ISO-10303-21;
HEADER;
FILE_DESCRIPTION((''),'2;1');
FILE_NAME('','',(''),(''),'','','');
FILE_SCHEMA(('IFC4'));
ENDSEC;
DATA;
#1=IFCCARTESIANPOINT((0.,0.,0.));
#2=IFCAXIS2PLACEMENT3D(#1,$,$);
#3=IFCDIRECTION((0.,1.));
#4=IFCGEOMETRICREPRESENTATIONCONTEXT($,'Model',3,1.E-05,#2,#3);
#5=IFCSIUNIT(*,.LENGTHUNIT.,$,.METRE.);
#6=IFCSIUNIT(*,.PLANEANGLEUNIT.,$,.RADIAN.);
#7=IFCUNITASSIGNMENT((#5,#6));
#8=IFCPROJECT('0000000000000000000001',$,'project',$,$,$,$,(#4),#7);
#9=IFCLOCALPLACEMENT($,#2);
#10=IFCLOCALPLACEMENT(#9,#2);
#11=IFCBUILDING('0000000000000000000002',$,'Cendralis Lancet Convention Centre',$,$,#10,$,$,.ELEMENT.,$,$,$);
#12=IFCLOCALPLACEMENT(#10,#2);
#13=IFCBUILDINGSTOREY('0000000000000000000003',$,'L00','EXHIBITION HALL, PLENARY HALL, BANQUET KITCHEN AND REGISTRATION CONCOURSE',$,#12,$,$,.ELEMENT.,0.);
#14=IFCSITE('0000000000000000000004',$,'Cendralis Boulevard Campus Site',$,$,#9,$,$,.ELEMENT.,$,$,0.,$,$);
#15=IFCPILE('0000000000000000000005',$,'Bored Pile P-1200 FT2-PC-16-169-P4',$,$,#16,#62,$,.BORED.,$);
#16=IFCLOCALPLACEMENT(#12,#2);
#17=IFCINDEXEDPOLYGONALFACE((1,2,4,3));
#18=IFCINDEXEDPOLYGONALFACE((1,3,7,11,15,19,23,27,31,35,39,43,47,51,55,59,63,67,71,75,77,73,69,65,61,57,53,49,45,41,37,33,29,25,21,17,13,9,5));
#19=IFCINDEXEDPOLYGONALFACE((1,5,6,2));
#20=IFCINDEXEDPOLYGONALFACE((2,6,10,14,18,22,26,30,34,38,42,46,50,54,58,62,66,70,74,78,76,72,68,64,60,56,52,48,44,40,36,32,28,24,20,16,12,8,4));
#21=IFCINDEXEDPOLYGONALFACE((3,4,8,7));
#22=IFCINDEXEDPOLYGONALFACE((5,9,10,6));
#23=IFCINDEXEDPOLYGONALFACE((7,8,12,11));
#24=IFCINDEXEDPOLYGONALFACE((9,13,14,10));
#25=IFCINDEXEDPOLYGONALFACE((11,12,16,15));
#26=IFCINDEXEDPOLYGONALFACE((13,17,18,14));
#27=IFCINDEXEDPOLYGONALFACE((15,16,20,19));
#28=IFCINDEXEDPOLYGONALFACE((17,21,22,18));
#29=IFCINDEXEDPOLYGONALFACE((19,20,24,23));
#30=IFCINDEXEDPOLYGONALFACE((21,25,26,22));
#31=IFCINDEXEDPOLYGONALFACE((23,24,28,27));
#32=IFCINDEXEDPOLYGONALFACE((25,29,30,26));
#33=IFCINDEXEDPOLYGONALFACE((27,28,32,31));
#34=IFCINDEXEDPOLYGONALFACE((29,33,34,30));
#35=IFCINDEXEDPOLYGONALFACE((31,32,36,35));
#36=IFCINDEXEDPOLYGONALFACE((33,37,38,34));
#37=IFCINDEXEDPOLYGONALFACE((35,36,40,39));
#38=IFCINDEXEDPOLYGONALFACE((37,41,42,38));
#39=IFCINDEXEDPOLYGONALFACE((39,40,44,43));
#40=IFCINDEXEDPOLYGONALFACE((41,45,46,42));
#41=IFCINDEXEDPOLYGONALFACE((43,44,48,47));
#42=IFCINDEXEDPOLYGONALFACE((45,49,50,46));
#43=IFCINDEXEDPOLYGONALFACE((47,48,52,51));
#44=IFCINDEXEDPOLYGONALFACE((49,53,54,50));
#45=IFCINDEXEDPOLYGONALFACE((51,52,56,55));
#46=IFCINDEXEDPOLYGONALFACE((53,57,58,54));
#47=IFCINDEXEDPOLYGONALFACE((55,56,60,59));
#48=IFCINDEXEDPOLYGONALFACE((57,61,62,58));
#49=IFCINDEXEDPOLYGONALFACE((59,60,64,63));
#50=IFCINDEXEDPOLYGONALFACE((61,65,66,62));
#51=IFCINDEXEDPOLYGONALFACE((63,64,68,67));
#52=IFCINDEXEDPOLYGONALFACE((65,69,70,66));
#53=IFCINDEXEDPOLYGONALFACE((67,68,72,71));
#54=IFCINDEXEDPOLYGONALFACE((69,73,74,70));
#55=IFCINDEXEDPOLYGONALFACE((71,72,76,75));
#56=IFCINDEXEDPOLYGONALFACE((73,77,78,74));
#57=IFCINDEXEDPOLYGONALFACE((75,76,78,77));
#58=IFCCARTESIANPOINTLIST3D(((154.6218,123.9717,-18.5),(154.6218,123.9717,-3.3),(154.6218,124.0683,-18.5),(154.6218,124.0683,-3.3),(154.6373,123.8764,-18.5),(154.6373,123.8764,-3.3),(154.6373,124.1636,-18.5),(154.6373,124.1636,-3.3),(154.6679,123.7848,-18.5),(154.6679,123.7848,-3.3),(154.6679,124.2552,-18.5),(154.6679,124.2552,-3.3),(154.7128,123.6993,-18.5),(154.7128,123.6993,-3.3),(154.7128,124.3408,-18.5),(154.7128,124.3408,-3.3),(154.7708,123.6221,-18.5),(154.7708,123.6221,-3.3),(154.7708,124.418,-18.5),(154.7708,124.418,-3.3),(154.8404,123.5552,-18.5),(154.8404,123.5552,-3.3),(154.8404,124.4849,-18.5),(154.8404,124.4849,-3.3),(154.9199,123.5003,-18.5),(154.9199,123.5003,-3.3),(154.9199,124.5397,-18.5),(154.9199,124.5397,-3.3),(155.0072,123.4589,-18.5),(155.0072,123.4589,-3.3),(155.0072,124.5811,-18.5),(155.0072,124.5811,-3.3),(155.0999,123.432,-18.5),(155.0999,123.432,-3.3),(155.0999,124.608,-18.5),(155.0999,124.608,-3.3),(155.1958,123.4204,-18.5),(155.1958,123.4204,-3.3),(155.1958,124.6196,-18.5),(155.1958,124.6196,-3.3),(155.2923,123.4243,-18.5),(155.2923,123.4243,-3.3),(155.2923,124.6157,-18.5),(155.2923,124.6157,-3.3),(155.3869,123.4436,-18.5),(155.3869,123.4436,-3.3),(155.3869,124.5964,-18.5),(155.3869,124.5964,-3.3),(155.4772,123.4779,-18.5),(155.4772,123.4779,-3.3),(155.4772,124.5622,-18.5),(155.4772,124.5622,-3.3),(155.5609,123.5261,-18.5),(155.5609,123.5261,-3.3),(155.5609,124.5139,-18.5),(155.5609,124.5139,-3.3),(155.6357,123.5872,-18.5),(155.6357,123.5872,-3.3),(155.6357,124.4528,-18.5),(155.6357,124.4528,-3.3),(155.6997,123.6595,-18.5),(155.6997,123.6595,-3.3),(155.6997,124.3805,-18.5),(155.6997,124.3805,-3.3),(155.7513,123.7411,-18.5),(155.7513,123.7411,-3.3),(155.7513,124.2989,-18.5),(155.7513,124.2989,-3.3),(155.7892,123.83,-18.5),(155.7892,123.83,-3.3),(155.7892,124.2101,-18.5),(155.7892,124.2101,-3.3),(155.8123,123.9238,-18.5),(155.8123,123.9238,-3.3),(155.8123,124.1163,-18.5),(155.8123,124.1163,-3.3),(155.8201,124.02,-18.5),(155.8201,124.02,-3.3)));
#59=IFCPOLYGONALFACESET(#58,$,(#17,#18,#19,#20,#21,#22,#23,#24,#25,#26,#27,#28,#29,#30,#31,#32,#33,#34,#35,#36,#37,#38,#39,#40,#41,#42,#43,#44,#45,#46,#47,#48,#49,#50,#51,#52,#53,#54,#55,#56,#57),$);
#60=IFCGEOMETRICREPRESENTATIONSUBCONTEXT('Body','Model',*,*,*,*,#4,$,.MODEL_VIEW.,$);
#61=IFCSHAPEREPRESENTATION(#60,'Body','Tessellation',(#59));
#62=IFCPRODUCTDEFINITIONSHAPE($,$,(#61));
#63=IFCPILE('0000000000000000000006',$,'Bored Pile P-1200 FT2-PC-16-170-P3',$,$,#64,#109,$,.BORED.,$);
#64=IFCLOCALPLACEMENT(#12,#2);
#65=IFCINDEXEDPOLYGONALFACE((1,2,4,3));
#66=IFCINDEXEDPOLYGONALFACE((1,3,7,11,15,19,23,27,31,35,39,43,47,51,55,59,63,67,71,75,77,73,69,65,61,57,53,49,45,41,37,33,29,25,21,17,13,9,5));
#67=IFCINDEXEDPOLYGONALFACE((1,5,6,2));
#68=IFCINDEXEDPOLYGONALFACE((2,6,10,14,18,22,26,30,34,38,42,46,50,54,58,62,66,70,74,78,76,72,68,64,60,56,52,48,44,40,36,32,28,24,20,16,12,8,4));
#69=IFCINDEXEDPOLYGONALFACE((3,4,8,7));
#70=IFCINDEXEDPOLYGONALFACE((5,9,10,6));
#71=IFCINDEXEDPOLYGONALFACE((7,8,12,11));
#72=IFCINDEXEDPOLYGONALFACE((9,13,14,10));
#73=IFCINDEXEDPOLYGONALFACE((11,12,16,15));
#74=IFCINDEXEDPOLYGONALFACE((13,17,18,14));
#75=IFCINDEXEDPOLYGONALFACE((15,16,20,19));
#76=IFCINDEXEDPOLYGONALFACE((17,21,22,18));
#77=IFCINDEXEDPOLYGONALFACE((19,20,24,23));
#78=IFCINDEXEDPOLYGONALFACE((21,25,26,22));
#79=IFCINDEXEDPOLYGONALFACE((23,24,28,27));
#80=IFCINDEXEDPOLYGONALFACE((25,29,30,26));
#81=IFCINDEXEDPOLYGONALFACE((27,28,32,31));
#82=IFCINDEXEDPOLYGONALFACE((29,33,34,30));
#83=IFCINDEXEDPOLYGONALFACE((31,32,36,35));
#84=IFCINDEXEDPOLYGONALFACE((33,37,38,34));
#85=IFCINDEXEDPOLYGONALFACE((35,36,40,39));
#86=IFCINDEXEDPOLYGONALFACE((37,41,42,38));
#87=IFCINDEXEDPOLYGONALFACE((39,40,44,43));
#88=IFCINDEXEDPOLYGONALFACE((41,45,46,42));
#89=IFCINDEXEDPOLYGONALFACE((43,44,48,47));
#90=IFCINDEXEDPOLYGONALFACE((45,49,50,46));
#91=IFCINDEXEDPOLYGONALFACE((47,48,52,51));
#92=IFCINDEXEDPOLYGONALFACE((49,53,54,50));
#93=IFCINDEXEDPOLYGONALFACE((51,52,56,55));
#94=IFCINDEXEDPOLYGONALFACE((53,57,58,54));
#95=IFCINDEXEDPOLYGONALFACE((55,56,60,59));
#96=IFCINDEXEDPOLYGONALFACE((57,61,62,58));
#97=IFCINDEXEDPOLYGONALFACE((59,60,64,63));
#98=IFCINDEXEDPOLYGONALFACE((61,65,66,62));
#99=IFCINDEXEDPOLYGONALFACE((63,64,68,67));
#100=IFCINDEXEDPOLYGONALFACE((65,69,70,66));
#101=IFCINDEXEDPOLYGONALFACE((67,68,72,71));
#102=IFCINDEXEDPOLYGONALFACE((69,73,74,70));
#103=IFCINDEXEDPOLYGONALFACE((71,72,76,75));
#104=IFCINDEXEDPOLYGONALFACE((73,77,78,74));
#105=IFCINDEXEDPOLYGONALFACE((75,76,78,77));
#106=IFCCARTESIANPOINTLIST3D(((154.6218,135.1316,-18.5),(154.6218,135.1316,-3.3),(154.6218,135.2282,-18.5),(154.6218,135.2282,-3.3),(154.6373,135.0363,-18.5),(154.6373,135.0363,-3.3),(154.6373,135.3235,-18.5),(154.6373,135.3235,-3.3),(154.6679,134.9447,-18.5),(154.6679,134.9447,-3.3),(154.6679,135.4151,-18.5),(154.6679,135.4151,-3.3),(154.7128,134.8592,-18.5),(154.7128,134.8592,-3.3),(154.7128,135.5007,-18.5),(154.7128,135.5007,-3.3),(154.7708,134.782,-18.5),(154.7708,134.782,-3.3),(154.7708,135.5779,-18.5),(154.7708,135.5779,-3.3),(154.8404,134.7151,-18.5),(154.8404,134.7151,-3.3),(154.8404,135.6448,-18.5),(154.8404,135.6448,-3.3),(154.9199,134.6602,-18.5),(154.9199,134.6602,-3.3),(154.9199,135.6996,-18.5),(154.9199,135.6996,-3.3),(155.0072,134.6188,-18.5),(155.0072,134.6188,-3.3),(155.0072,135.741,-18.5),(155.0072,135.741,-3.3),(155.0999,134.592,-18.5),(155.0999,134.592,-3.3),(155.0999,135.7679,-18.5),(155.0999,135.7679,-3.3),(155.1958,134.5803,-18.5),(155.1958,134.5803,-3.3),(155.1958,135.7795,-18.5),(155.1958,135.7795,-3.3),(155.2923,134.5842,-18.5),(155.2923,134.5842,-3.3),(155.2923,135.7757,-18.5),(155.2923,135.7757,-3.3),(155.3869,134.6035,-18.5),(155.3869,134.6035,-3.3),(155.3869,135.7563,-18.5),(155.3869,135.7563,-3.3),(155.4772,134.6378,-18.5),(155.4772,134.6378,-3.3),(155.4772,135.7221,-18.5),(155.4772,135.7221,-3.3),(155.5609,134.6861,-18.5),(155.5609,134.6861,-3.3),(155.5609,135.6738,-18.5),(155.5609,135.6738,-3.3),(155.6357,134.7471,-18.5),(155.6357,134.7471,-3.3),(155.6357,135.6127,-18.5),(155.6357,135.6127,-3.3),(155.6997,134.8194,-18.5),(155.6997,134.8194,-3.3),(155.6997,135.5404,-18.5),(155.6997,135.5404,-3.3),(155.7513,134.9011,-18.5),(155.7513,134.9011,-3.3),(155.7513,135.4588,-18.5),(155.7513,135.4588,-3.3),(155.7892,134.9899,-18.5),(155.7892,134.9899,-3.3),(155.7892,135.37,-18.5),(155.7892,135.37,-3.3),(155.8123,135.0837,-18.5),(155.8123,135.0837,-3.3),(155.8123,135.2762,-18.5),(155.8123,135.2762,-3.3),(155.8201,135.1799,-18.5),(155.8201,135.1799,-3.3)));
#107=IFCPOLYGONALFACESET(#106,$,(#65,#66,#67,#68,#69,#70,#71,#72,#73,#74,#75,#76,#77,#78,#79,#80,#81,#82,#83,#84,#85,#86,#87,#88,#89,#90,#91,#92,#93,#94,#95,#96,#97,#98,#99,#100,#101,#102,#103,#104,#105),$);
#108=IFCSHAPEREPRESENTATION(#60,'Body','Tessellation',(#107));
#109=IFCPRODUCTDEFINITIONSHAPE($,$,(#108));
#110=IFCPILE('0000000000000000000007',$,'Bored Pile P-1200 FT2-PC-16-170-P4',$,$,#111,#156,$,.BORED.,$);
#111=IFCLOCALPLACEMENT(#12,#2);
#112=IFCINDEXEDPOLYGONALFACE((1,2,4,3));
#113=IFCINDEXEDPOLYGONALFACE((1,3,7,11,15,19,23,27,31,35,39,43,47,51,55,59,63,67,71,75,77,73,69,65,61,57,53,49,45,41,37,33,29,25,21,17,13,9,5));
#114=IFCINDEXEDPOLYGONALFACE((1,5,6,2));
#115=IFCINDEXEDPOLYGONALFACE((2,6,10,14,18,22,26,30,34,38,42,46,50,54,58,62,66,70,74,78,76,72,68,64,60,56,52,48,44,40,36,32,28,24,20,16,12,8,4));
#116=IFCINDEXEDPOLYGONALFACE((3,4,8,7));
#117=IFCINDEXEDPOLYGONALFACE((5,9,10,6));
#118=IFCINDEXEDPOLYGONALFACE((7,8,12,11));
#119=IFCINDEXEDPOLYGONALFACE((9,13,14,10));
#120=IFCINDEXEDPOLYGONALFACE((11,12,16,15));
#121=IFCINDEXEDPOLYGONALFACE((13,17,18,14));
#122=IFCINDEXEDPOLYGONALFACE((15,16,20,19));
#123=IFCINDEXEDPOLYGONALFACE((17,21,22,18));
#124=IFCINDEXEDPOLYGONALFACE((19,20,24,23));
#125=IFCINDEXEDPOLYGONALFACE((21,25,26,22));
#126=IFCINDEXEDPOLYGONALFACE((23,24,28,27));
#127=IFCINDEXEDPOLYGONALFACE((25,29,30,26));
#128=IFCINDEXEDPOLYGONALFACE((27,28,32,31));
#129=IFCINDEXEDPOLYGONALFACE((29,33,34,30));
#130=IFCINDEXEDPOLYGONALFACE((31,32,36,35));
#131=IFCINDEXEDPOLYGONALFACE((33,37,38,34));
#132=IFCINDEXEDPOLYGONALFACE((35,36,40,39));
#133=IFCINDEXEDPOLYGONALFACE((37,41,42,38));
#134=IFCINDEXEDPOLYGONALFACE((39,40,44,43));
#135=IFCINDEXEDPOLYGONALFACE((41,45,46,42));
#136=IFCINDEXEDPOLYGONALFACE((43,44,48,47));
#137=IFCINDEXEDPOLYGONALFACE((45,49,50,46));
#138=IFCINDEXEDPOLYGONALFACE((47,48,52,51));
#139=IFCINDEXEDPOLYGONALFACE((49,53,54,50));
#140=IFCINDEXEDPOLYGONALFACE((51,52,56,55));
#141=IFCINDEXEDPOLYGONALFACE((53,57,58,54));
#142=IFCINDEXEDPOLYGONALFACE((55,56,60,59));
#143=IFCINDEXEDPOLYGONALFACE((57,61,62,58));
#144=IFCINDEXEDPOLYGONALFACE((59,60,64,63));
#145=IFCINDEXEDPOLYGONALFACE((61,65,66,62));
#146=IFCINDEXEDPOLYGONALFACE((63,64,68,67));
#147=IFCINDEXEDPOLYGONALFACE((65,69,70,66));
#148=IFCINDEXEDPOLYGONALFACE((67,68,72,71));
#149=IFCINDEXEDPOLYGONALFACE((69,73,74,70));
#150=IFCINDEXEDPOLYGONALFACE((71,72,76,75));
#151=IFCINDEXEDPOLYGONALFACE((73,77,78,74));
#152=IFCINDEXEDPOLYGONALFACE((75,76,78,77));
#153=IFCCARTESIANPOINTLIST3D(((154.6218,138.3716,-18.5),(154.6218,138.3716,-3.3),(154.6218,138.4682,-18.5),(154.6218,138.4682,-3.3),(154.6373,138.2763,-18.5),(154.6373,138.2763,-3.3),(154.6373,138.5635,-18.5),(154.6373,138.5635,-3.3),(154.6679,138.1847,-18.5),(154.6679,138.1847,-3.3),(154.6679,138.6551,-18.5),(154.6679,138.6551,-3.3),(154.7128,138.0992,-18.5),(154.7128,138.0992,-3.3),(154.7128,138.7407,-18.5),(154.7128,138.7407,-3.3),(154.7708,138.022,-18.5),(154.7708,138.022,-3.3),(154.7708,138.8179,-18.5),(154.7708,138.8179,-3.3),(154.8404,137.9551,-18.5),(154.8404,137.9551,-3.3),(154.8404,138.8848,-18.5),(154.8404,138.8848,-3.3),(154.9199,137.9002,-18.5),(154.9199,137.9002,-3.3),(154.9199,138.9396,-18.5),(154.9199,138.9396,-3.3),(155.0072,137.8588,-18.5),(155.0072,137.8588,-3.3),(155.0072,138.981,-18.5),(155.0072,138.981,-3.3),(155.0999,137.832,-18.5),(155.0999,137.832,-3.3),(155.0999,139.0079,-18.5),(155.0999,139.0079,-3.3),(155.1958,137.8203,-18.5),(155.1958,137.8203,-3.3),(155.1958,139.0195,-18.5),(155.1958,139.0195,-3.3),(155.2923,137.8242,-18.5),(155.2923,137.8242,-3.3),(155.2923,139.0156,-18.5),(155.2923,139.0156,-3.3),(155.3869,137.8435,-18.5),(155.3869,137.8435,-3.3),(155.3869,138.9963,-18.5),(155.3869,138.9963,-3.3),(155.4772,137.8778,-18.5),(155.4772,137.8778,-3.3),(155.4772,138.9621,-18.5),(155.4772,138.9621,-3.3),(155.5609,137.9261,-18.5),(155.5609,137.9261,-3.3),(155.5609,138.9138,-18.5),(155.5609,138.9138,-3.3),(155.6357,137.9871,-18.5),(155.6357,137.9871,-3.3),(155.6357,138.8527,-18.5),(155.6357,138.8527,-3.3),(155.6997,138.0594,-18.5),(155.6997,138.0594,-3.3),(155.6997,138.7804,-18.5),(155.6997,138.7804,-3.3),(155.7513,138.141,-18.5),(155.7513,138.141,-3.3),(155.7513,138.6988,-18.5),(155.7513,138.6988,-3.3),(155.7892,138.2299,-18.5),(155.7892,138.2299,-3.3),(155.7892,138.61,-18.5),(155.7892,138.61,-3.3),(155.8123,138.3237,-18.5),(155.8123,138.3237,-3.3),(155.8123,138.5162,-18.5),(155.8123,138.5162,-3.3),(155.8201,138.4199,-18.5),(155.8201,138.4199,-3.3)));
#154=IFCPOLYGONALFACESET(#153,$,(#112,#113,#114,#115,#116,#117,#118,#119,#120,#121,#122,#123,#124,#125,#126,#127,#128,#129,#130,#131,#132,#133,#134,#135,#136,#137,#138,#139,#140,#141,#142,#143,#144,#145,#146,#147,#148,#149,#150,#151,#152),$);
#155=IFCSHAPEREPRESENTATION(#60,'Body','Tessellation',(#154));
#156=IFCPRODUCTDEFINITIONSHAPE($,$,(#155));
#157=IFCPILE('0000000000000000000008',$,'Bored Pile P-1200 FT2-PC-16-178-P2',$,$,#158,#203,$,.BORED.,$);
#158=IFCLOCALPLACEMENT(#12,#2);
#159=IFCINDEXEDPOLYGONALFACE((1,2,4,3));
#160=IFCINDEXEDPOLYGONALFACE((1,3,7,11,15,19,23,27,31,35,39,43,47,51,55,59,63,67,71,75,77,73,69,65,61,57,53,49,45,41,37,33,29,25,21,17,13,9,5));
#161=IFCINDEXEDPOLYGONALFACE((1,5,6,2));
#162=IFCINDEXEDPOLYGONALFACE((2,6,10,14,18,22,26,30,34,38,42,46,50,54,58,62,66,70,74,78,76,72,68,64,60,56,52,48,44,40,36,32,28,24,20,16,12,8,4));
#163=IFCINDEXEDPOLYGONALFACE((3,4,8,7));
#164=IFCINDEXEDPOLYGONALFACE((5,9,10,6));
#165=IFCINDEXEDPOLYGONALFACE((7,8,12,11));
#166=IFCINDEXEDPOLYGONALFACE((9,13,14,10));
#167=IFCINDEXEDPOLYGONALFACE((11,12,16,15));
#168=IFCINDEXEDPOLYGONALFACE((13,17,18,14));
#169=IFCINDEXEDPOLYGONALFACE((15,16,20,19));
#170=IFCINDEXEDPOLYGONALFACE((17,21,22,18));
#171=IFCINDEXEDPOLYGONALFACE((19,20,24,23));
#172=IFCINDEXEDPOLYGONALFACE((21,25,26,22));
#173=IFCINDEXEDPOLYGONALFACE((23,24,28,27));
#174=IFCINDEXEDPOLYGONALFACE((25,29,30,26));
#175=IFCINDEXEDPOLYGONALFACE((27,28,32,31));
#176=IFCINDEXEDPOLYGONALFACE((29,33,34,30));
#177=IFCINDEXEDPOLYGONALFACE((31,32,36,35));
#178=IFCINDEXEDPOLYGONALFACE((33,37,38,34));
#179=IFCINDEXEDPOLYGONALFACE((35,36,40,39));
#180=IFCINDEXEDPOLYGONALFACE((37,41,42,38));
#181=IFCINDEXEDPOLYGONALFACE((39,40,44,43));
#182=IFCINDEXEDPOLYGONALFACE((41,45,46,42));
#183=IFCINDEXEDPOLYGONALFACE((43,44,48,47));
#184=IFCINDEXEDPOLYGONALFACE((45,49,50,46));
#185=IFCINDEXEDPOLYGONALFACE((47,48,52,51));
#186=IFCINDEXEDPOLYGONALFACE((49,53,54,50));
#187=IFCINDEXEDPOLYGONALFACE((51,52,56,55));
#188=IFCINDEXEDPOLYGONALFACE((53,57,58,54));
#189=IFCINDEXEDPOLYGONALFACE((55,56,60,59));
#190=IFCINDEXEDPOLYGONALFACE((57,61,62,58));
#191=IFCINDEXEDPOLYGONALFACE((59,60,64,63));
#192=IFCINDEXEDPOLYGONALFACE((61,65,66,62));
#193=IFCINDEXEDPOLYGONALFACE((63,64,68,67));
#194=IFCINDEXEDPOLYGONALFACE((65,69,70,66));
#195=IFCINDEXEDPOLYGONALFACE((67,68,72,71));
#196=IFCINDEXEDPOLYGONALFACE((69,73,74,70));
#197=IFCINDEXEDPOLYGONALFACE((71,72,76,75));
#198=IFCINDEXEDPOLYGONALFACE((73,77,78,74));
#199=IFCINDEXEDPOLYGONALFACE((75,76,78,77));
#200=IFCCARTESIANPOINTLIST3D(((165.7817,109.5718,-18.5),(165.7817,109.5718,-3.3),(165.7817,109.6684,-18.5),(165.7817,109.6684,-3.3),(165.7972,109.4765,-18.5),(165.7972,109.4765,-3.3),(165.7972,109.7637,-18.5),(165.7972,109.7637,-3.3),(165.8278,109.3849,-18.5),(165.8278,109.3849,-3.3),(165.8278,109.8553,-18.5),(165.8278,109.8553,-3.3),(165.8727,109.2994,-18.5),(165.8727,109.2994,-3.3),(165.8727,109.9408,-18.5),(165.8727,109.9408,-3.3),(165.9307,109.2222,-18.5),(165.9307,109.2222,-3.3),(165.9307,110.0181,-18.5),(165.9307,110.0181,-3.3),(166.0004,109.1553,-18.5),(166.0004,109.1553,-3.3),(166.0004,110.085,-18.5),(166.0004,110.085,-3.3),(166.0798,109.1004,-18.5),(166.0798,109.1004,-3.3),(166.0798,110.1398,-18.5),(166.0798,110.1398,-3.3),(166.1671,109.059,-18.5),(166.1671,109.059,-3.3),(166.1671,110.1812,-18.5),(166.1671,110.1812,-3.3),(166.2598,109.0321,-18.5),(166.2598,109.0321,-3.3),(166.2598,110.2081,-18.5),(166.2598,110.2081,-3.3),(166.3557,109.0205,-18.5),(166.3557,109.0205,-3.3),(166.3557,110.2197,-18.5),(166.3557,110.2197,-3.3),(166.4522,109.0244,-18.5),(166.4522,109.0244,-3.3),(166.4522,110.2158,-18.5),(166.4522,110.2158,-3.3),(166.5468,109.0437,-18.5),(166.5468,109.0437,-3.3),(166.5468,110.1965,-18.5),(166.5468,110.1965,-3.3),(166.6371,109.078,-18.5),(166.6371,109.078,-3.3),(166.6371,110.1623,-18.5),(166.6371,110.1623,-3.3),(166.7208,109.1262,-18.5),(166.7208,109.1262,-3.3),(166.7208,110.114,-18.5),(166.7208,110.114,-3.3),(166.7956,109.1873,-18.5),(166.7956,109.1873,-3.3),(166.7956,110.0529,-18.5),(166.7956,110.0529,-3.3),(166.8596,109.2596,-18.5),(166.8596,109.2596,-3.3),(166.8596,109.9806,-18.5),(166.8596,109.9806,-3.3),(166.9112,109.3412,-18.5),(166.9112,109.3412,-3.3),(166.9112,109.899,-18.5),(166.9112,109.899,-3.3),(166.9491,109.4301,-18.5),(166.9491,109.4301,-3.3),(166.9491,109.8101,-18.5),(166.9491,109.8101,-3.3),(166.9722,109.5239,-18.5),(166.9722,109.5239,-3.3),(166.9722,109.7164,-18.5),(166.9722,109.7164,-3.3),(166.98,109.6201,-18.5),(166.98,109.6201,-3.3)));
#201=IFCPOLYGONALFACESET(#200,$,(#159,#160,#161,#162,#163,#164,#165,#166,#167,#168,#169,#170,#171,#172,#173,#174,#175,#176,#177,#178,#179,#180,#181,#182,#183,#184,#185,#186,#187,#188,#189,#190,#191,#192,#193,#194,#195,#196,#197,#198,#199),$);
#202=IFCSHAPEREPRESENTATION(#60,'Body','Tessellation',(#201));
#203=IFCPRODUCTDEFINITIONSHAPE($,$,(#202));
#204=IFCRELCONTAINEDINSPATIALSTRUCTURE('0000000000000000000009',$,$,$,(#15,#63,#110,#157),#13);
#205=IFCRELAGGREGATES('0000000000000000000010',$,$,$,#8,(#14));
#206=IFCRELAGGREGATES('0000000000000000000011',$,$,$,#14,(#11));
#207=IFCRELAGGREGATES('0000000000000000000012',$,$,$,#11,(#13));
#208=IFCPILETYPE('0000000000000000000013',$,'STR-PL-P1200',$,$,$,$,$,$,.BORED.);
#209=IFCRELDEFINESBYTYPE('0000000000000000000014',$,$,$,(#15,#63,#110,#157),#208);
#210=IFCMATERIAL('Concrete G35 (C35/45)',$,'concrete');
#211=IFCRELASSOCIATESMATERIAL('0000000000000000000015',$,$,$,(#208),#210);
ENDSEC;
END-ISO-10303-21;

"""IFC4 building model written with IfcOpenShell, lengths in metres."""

from ifc_helpers import new_model, si_unit, direction, frame, origin, origin_2d, place, context, subcontext, project, spatial, circle, extrude, material, material_profile, profile_set, type_object, element, save


model = new_model("IFC4")

# Units and contexts
model_context = context("Model", 3, precision=1e-05, world=origin(), true_north=direction((0.0, 1.0)))
body_context = subcontext(model_context, "Body", "Model", "MODEL_VIEW")
ifc_project = project(units=[si_unit("LENGTHUNIT", "METRE"), si_unit("PLANEANGLEUNIT", "RADIAN")], contexts=[model_context])

# Site, building, storey
site_placement = place(None, origin())
site = spatial("IfcSite", under=ifc_project, at=site_placement, Name="Cendralis Boulevard Campus Site", CompositionType="ELEMENT", RefElevation=0.0)
building_placement = place(site_placement, origin())
building = spatial("IfcBuilding", under=site, at=building_placement, Name="Cendralis Lancet Convention Centre", CompositionType="ELEMENT")
storey_placement = place(building_placement, origin())
storey = spatial("IfcBuildingStorey", under=building, at=storey_placement, Name="L00", Description="EXHIBITION HALL, PLENARY HALL, BANQUET KITCHEN AND REGISTRATION CONCOURSE", CompositionType="ELEMENT", Elevation=0.0)

# Shared definitions
ifc_material_1 = material(Name="Concrete G35 (C35/45)", Category="concrete")

# Piles
ifc_material_profile_1 = material_profile(ifc_material_1, circle(Radius=0.6001, at=origin_2d()), Name="BORED PILE D1200")
ifc_profile_set_1 = profile_set([ifc_material_profile_1], Name="Concrete G35 (C35/45)")
pile_type = type_object("IfcPileType", Name="STR-PL-P1200", PredefinedType="BORED", material=ifc_profile_set_1)
for number, where, z_axis, x_axis, name in (
    (1, (155.22, 124.02, -3.3), (0.0, 0.0, -1.0), (1.0, 0.0, 0.0), "Bored Pile P-1200 FT2-PC-16-169-P4"),
    (2, (155.22, 135.1799, -3.3), (0.0, 0.0, -1.0), (1.0, 0.0, 0.0), "Bored Pile P-1200 FT2-PC-16-170-P3"),
    (3, (155.22, 138.4199, -3.3), (0.0, 0.0, -1.0), (1.0, 0.0, 0.0), "Bored Pile P-1200 FT2-PC-16-170-P4"),
    (4, (166.3799, 109.6201, -3.3), (0.0, 0.0, -1.0), (1.0, 0.0, 0.0), "Bored Pile P-1200 FT2-PC-16-178-P2"),
):
    element("IfcPile", number, at=place(storey_placement, frame(where, z_axis=z_axis, x_axis=x_axis)), inside=storey, type_object=pile_type, Name=name, PredefinedType="BORED", context=body_context, shape_type="SweptSolid", body=[
        extrude(circle(Radius=0.6001, at=origin_2d()), origin(), (0.0, 0.0, 1.0), 15.2),
    ])

save(model, "model.ifc")
